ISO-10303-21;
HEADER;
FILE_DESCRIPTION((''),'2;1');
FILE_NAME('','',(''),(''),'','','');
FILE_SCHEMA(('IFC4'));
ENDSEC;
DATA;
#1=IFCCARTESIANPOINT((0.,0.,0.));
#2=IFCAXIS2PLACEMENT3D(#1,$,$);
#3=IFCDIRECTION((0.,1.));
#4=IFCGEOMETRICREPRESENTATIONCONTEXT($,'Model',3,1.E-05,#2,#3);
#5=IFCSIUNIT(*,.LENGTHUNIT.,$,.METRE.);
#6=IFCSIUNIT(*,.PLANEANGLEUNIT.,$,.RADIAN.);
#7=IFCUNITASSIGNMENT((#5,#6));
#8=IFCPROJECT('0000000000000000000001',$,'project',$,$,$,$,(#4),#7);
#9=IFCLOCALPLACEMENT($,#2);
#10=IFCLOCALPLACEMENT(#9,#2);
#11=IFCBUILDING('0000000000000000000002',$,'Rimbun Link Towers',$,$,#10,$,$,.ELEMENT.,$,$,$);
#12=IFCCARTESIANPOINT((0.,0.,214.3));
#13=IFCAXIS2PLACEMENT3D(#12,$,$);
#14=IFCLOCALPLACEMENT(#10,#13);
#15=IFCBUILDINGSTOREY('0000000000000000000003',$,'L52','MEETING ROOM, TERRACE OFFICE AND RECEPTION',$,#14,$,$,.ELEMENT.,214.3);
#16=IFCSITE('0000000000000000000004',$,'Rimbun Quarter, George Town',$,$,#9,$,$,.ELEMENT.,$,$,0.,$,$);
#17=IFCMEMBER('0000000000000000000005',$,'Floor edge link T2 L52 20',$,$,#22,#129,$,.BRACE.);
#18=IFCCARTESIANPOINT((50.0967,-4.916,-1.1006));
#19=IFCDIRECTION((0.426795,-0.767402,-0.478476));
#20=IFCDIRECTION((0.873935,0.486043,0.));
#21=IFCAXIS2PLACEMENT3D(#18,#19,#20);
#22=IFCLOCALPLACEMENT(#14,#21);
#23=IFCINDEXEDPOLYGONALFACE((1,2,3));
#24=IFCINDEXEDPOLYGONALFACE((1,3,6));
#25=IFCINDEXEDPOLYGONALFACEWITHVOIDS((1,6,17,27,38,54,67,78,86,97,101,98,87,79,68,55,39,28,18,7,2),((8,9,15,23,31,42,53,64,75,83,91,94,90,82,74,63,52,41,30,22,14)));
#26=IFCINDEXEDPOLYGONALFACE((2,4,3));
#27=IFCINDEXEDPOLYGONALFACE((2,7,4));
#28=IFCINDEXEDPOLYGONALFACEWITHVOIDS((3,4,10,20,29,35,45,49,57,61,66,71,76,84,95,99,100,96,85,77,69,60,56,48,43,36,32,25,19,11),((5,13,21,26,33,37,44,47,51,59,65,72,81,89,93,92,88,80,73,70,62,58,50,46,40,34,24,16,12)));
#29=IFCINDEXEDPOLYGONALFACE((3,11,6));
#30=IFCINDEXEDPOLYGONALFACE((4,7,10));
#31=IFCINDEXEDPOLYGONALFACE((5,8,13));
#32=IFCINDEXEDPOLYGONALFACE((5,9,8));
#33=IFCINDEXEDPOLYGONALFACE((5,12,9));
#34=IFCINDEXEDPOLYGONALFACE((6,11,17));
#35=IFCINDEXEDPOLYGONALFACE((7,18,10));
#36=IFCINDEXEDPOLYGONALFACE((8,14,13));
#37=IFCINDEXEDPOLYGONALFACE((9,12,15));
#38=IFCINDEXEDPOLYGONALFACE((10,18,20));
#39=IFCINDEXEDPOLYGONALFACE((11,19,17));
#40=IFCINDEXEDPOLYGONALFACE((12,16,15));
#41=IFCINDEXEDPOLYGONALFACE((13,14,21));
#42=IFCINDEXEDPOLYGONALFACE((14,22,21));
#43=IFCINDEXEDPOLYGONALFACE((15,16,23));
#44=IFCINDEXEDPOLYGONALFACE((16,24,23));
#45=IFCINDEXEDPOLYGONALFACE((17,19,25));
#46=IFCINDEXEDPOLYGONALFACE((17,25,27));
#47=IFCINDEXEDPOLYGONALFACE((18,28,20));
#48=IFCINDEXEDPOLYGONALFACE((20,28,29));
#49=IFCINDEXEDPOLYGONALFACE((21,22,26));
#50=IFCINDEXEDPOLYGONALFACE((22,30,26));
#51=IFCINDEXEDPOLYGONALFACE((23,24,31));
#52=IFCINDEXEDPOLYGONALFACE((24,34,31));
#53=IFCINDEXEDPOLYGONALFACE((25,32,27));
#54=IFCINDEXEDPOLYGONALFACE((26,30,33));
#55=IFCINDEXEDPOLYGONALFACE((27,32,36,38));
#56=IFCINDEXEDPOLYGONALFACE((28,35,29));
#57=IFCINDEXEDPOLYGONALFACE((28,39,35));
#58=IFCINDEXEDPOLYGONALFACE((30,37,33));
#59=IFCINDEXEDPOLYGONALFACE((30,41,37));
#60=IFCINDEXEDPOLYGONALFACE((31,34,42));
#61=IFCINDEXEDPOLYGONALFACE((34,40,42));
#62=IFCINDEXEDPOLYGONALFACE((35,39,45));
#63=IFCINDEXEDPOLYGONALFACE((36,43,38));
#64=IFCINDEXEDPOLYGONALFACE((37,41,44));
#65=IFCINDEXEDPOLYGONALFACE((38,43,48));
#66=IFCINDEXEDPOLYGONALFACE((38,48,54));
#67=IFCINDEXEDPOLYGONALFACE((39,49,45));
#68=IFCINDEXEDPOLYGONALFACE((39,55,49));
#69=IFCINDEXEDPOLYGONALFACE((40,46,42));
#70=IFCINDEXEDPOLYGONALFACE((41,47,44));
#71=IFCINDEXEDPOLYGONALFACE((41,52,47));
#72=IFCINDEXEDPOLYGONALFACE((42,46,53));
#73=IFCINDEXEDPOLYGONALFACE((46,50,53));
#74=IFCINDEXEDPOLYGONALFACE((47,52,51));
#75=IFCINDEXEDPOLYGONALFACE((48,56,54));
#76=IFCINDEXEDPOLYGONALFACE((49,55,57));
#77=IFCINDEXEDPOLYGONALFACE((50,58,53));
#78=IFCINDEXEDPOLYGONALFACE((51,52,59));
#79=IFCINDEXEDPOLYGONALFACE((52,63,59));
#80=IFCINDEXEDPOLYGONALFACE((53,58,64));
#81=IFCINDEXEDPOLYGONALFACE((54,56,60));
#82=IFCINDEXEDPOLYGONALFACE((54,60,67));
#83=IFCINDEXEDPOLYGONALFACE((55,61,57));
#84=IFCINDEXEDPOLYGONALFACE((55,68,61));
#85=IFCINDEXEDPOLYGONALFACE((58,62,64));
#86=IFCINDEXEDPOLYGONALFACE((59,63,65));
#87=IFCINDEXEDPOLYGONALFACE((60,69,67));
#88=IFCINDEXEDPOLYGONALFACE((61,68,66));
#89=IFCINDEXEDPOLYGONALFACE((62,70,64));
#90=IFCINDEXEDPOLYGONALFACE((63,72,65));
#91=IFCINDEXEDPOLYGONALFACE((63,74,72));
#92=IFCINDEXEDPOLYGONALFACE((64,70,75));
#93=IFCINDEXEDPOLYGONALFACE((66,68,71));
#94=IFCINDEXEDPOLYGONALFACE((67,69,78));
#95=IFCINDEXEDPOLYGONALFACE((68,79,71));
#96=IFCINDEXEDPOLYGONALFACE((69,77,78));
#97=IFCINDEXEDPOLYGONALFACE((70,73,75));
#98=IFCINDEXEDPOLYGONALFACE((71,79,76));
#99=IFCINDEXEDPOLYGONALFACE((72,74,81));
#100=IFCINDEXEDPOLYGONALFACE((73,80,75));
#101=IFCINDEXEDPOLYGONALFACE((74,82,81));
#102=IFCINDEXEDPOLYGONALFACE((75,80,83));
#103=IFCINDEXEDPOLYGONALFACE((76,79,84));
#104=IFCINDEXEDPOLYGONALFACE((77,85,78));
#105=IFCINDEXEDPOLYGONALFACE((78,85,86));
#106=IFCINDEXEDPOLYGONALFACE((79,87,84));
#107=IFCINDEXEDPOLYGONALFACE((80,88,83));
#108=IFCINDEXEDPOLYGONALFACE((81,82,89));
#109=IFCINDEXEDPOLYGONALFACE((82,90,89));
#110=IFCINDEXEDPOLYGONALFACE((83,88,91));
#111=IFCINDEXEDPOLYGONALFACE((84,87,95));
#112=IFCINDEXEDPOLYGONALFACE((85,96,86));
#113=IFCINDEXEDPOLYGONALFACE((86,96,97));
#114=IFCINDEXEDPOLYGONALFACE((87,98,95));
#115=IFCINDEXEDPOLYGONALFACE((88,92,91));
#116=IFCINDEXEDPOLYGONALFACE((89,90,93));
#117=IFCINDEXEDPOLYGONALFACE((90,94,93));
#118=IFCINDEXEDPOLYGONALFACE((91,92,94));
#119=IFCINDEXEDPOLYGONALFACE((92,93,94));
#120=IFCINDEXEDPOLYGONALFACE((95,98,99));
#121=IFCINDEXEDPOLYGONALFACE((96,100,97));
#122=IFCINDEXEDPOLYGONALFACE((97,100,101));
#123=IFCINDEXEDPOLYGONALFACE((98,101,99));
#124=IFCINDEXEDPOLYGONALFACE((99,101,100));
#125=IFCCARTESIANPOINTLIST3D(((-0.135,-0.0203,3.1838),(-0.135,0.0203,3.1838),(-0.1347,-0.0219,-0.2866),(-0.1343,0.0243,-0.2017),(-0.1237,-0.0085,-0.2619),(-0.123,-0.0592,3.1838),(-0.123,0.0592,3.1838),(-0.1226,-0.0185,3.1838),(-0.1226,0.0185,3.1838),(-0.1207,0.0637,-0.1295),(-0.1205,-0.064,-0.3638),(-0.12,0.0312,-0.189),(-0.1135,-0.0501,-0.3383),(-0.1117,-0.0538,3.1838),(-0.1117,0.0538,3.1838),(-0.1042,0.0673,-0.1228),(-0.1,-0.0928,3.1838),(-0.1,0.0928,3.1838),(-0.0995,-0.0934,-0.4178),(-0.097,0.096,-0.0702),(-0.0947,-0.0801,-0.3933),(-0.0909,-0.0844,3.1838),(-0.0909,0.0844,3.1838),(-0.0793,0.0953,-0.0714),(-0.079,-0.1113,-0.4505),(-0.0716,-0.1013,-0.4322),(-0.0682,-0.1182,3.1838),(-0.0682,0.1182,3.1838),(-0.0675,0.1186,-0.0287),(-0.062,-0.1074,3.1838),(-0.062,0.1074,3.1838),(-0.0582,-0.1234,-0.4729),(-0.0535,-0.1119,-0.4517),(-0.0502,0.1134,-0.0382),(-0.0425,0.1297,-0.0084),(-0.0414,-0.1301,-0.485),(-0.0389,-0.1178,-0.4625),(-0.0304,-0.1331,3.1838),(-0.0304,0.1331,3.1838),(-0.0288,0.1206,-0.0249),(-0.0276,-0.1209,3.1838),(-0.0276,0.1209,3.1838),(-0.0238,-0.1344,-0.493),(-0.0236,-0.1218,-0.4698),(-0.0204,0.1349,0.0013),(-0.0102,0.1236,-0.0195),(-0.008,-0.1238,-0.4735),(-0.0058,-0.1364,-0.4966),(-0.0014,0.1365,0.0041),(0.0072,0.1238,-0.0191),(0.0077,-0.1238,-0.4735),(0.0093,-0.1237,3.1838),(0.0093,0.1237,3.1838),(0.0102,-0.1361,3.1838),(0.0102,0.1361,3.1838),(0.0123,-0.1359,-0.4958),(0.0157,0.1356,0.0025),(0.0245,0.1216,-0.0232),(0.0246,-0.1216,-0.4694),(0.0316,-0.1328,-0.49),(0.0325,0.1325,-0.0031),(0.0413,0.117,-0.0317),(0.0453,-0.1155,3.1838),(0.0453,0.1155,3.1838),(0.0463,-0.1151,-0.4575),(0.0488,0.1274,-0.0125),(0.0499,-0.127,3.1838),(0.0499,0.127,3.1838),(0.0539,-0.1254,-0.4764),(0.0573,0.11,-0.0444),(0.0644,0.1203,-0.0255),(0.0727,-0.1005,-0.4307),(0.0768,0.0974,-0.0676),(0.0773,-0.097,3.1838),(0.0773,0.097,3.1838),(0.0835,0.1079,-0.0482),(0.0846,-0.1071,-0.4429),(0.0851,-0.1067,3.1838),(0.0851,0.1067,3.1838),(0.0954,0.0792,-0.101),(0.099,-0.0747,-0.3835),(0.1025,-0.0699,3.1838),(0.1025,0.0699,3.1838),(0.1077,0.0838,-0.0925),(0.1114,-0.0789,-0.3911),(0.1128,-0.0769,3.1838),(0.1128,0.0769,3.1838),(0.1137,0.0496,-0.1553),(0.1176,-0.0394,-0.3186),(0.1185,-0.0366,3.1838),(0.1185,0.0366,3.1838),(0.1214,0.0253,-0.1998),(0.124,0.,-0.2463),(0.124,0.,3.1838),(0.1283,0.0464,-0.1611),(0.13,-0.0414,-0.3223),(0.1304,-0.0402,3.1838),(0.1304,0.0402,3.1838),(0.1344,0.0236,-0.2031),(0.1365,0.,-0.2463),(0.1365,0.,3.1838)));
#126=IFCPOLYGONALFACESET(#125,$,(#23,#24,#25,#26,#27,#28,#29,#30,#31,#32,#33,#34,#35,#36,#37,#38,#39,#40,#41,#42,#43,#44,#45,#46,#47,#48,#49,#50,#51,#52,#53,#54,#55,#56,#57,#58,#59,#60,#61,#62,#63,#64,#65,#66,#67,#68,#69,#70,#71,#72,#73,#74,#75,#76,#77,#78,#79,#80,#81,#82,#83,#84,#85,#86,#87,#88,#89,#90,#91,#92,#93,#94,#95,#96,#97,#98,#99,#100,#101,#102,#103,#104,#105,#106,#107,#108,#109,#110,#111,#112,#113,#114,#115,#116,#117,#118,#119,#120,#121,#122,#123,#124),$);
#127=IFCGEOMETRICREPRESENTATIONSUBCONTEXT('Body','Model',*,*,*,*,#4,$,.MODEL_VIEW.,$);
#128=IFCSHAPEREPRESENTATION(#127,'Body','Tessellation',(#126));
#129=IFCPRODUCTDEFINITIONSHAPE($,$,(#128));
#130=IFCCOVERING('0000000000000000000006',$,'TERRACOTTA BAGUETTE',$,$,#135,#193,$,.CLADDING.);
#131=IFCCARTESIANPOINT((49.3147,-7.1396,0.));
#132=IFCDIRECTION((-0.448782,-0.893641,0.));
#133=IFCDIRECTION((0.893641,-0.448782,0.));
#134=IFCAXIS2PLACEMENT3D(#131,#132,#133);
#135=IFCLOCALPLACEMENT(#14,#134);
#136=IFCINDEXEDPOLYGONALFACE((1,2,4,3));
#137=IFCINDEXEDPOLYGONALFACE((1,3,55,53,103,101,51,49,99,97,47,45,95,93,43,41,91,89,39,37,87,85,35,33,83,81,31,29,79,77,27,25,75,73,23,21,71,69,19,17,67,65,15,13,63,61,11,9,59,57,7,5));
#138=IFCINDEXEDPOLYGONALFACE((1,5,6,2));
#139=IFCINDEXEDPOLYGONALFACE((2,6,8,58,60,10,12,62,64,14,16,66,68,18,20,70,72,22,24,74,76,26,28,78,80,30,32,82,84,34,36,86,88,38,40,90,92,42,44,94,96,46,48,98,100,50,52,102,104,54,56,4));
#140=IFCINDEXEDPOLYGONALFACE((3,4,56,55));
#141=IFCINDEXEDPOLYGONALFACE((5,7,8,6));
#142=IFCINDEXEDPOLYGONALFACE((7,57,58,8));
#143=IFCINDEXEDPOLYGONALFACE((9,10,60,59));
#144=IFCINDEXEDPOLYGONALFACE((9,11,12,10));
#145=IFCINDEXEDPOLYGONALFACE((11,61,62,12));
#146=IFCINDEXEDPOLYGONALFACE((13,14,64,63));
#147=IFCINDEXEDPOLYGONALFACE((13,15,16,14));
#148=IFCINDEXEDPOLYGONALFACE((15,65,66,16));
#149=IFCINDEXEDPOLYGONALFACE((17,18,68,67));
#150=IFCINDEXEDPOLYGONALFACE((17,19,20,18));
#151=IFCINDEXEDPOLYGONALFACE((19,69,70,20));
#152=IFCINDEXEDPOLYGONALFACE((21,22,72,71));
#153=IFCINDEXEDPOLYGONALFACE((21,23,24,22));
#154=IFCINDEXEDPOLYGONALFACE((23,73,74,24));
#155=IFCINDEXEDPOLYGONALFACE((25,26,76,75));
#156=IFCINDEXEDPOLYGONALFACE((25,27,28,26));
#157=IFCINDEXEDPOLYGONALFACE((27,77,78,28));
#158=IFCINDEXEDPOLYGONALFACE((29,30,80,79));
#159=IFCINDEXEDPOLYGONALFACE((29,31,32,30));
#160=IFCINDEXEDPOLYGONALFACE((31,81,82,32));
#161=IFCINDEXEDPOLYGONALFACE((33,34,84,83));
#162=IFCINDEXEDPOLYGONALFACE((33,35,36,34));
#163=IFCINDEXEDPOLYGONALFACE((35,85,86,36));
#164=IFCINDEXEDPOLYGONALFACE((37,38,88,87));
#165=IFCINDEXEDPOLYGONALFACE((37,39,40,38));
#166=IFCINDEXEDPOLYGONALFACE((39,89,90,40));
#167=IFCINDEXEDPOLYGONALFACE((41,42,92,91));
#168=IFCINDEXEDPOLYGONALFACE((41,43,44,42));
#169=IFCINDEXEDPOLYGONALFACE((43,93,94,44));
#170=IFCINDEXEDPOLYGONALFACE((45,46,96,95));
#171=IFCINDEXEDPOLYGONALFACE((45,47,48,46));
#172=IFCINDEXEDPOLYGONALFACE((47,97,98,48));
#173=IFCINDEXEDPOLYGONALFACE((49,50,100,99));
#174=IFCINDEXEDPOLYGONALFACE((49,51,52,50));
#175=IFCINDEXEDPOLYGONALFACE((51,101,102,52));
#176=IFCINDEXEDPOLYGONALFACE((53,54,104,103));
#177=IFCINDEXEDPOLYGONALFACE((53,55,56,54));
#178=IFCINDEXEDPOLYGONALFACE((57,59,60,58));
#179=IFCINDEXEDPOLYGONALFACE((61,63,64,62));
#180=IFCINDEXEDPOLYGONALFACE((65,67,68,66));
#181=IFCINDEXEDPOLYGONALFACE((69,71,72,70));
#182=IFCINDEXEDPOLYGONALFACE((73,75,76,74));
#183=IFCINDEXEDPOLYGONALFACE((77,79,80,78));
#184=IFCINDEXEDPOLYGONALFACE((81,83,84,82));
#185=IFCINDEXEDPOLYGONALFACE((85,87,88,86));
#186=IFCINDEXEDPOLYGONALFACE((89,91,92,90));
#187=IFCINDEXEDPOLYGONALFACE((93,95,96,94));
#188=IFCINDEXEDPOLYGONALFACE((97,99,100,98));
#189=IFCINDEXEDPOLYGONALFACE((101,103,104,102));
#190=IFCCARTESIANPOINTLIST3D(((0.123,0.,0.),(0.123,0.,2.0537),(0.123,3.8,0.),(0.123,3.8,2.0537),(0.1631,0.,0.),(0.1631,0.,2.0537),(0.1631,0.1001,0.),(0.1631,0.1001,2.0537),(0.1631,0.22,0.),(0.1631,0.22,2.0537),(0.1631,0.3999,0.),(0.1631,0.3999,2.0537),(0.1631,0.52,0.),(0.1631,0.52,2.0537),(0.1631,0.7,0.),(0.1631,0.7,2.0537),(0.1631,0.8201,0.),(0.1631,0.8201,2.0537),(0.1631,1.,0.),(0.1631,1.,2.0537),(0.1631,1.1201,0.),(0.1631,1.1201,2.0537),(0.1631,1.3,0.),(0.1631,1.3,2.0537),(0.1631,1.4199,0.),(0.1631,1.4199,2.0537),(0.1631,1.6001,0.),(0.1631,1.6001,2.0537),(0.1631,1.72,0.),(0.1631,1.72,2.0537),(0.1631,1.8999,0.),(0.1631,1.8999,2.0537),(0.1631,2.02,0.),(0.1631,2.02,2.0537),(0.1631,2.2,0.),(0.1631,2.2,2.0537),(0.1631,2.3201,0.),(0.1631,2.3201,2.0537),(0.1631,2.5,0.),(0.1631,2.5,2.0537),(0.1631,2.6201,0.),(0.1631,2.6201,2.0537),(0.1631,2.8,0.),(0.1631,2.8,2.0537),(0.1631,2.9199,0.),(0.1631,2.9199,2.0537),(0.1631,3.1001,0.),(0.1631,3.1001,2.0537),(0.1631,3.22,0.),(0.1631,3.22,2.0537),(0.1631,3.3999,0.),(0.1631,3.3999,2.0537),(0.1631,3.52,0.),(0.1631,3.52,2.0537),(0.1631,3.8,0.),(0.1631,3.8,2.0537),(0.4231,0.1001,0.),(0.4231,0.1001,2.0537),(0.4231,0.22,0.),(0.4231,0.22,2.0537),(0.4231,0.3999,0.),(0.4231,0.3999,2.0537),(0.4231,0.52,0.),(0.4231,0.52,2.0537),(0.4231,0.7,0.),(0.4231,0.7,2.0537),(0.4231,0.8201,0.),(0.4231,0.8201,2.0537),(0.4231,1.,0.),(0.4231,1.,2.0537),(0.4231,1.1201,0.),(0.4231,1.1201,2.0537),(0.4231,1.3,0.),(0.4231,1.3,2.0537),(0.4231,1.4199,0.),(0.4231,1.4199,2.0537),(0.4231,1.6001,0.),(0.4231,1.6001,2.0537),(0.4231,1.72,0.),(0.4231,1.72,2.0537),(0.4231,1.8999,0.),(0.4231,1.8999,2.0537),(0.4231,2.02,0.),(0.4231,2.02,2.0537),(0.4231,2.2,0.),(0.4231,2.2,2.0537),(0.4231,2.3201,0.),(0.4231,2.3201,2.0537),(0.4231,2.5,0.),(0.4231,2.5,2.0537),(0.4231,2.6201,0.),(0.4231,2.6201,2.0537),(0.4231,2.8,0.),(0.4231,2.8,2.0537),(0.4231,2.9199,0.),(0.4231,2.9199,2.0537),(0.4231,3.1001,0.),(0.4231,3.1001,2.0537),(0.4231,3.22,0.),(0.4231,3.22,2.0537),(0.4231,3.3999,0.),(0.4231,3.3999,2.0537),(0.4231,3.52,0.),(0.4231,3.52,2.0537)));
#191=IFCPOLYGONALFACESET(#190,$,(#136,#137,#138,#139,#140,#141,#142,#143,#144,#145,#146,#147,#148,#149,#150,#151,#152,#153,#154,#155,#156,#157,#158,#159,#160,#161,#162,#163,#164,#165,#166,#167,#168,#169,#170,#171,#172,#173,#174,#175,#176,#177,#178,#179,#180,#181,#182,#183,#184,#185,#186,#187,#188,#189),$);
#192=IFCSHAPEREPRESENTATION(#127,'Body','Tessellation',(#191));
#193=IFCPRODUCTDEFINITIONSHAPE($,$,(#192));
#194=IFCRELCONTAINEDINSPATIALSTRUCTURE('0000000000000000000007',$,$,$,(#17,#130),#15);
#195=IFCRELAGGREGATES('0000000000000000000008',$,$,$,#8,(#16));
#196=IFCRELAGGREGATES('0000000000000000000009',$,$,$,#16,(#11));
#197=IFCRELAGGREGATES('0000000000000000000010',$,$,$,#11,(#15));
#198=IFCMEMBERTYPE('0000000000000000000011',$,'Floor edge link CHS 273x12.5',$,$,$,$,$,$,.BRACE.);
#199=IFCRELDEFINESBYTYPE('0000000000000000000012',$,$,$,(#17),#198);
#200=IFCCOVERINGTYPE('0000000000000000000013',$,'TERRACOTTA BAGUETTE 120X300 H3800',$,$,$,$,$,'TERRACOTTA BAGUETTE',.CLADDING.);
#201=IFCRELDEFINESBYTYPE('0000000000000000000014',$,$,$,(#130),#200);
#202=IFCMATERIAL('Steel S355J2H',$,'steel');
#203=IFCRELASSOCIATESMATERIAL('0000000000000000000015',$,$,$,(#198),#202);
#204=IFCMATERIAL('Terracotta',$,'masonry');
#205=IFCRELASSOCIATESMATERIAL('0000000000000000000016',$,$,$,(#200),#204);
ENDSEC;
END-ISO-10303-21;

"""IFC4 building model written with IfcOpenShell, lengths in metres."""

from ifc_helpers import new_model, si_unit, direction, frame, origin, origin_2d, place, context, subcontext, project, spatial, polyline, hollow_circle, outline, extrude, clip, halfspace, material, material_profile, profile_set, type_object, element, save


model = new_model("IFC4")

# Units and contexts
model_context = context("Model", 3, precision=1e-05, world=origin(), true_north=direction((0.0, 1.0)))
body_context = subcontext(model_context, "Body", "Model", "MODEL_VIEW")
ifc_project = project(units=[si_unit("LENGTHUNIT", "METRE"), si_unit("PLANEANGLEUNIT", "RADIAN")], contexts=[model_context])

# Site, building, storey
site_placement = place(None, origin())
site = spatial("IfcSite", under=ifc_project, at=site_placement, Name="Rimbun Quarter, George Town", CompositionType="ELEMENT", RefElevation=0.0)
building_placement = place(site_placement, origin())
building = spatial("IfcBuilding", under=site, at=building_placement, Name="Rimbun Link Towers", CompositionType="ELEMENT")
storey_placement = place(building_placement, frame((0.0, 0.0, 214.3)))
storey = spatial("IfcBuildingStorey", under=building, at=storey_placement, Name="L52", Description="MEETING ROOM, TERRACE OFFICE AND RECEPTION", CompositionType="ELEMENT", Elevation=214.3)

# Member
ifc_material_1 = material(Name="Steel S355J2H", Category="steel")
ifc_material_profile_1 = material_profile(ifc_material_1, hollow_circle(Radius=0.1365, WallThickness=0.0125, at=origin_2d()), Name="CHS 273x12.5")
ifc_profile_set_1 = profile_set([ifc_material_profile_1], Name="Steel S355J2H")
member_type_1 = type_object("IfcMemberType", Name="Floor edge link CHS 273x12.5", PredefinedType="BRACE", material=ifc_profile_set_1)
member_1_placement = place(storey_placement, frame((50.0967, -4.916, -1.1006), z_axis=(0.426795, -0.767402, -0.478476), x_axis=(0.873935, 0.486043, 0.0)))
element("IfcMember", 1, at=member_1_placement, inside=storey, type_object=member_type_1, Name="Floor edge link T2 L52 20", PredefinedType="BRACE", context=body_context, shape_type="Clipping", body=[
    clip(extrude(hollow_circle(Radius=0.1365, WallThickness=0.0125, at=origin_2d()), frame((0.0, 0.0, -0.522)), (0.0, 0.0, 1.0), 3.7058), halfspace(frame((0.0, 0.0, -0.2463), z_axis=(0.0, 0.8781, -0.478476)), False)),
])

# Covering
ifc_material_2 = material(Name="Terracotta", Category="masonry")
ifc_material_profile_2 = material_profile(ifc_material_2, outline(polyline([(0.123, 0.0), (0.1631, 0.0), (0.1631, 0.1001), (0.4231, 0.1001), (0.4231, 0.22), (0.1631, 0.22), (0.1631, 0.3999), (0.4231, 0.3999), (0.4231, 0.52), (0.1631, 0.52), (0.1631, 0.7), (0.4231, 0.7), (0.4231, 0.8201), (0.1631, 0.8201), (0.1631, 1.0), (0.4231, 1.0), (0.4231, 1.1201), (0.1631, 1.1201), (0.1631, 1.3), (0.4231, 1.3), (0.4231, 1.4199), (0.1631, 1.4199), (0.1631, 1.6001), (0.4231, 1.6001), (0.4231, 1.72), (0.1631, 1.72), (0.1631, 1.8999), (0.4231, 1.8999), (0.4231, 2.02), (0.1631, 2.02), (0.1631, 2.2), (0.4231, 2.2), (0.4231, 2.3201), (0.1631, 2.3201), (0.1631, 2.5), (0.4231, 2.5), (0.4231, 2.6201), (0.1631, 2.6201), (0.1631, 2.8), (0.4231, 2.8), (0.4231, 2.9199), (0.1631, 2.9199), (0.1631, 3.1001), (0.4231, 3.1001), (0.4231, 3.22), (0.1631, 3.22), (0.1631, 3.3999), (0.4231, 3.3999), (0.4231, 3.52), (0.1631, 3.52), (0.1631, 3.8), (0.123, 3.8), (0.123, 0.0)])), Name="BAGUETTE 120X300")
ifc_profile_set_2 = profile_set([ifc_material_profile_2], Name="Terracotta")
covering_type = type_object("IfcCoveringType", Name="TERRACOTTA BAGUETTE 120X300 H3800", ElementType="TERRACOTTA BAGUETTE", PredefinedType="CLADDING", material=ifc_profile_set_2)
covering_1_placement = place(storey_placement, frame((49.3147, -7.1396, 0.0), z_axis=(-0.448782, -0.893641, 0.0), x_axis=(0.893641, -0.448782, 0.0)))
element("IfcCovering", 2, at=covering_1_placement, inside=storey, type_object=covering_type, Name="TERRACOTTA BAGUETTE", PredefinedType="CLADDING", context=body_context, shape_type="SweptSolid", body=[
    extrude(outline(polyline([(0.123, 0.0), (0.1631, 0.0), (0.1631, 0.1001), (0.4231, 0.1001), (0.4231, 0.22), (0.1631, 0.22), (0.1631, 0.3999), (0.4231, 0.3999), (0.4231, 0.52), (0.1631, 0.52), (0.1631, 0.7), (0.4231, 0.7), (0.4231, 0.8201), (0.1631, 0.8201), (0.1631, 1.0), (0.4231, 1.0), (0.4231, 1.1201), (0.1631, 1.1201), (0.1631, 1.3), (0.4231, 1.3), (0.4231, 1.4199), (0.1631, 1.4199), (0.1631, 1.6001), (0.4231, 1.6001), (0.4231, 1.72), (0.1631, 1.72), (0.1631, 1.8999), (0.4231, 1.8999), (0.4231, 2.02), (0.1631, 2.02), (0.1631, 2.2), (0.4231, 2.2), (0.4231, 2.3201), (0.1631, 2.3201), (0.1631, 2.5), (0.4231, 2.5), (0.4231, 2.6201), (0.1631, 2.6201), (0.1631, 2.8), (0.4231, 2.8), (0.4231, 2.9199), (0.1631, 2.9199), (0.1631, 3.1001), (0.4231, 3.1001), (0.4231, 3.22), (0.1631, 3.22), (0.1631, 3.3999), (0.4231, 3.3999), (0.4231, 3.52), (0.1631, 3.52), (0.1631, 3.8), (0.123, 3.8), (0.123, 0.0)])), origin(), (0.0, 0.0, 1.0), 2.0537),
])

save(model, "model.ifc")
